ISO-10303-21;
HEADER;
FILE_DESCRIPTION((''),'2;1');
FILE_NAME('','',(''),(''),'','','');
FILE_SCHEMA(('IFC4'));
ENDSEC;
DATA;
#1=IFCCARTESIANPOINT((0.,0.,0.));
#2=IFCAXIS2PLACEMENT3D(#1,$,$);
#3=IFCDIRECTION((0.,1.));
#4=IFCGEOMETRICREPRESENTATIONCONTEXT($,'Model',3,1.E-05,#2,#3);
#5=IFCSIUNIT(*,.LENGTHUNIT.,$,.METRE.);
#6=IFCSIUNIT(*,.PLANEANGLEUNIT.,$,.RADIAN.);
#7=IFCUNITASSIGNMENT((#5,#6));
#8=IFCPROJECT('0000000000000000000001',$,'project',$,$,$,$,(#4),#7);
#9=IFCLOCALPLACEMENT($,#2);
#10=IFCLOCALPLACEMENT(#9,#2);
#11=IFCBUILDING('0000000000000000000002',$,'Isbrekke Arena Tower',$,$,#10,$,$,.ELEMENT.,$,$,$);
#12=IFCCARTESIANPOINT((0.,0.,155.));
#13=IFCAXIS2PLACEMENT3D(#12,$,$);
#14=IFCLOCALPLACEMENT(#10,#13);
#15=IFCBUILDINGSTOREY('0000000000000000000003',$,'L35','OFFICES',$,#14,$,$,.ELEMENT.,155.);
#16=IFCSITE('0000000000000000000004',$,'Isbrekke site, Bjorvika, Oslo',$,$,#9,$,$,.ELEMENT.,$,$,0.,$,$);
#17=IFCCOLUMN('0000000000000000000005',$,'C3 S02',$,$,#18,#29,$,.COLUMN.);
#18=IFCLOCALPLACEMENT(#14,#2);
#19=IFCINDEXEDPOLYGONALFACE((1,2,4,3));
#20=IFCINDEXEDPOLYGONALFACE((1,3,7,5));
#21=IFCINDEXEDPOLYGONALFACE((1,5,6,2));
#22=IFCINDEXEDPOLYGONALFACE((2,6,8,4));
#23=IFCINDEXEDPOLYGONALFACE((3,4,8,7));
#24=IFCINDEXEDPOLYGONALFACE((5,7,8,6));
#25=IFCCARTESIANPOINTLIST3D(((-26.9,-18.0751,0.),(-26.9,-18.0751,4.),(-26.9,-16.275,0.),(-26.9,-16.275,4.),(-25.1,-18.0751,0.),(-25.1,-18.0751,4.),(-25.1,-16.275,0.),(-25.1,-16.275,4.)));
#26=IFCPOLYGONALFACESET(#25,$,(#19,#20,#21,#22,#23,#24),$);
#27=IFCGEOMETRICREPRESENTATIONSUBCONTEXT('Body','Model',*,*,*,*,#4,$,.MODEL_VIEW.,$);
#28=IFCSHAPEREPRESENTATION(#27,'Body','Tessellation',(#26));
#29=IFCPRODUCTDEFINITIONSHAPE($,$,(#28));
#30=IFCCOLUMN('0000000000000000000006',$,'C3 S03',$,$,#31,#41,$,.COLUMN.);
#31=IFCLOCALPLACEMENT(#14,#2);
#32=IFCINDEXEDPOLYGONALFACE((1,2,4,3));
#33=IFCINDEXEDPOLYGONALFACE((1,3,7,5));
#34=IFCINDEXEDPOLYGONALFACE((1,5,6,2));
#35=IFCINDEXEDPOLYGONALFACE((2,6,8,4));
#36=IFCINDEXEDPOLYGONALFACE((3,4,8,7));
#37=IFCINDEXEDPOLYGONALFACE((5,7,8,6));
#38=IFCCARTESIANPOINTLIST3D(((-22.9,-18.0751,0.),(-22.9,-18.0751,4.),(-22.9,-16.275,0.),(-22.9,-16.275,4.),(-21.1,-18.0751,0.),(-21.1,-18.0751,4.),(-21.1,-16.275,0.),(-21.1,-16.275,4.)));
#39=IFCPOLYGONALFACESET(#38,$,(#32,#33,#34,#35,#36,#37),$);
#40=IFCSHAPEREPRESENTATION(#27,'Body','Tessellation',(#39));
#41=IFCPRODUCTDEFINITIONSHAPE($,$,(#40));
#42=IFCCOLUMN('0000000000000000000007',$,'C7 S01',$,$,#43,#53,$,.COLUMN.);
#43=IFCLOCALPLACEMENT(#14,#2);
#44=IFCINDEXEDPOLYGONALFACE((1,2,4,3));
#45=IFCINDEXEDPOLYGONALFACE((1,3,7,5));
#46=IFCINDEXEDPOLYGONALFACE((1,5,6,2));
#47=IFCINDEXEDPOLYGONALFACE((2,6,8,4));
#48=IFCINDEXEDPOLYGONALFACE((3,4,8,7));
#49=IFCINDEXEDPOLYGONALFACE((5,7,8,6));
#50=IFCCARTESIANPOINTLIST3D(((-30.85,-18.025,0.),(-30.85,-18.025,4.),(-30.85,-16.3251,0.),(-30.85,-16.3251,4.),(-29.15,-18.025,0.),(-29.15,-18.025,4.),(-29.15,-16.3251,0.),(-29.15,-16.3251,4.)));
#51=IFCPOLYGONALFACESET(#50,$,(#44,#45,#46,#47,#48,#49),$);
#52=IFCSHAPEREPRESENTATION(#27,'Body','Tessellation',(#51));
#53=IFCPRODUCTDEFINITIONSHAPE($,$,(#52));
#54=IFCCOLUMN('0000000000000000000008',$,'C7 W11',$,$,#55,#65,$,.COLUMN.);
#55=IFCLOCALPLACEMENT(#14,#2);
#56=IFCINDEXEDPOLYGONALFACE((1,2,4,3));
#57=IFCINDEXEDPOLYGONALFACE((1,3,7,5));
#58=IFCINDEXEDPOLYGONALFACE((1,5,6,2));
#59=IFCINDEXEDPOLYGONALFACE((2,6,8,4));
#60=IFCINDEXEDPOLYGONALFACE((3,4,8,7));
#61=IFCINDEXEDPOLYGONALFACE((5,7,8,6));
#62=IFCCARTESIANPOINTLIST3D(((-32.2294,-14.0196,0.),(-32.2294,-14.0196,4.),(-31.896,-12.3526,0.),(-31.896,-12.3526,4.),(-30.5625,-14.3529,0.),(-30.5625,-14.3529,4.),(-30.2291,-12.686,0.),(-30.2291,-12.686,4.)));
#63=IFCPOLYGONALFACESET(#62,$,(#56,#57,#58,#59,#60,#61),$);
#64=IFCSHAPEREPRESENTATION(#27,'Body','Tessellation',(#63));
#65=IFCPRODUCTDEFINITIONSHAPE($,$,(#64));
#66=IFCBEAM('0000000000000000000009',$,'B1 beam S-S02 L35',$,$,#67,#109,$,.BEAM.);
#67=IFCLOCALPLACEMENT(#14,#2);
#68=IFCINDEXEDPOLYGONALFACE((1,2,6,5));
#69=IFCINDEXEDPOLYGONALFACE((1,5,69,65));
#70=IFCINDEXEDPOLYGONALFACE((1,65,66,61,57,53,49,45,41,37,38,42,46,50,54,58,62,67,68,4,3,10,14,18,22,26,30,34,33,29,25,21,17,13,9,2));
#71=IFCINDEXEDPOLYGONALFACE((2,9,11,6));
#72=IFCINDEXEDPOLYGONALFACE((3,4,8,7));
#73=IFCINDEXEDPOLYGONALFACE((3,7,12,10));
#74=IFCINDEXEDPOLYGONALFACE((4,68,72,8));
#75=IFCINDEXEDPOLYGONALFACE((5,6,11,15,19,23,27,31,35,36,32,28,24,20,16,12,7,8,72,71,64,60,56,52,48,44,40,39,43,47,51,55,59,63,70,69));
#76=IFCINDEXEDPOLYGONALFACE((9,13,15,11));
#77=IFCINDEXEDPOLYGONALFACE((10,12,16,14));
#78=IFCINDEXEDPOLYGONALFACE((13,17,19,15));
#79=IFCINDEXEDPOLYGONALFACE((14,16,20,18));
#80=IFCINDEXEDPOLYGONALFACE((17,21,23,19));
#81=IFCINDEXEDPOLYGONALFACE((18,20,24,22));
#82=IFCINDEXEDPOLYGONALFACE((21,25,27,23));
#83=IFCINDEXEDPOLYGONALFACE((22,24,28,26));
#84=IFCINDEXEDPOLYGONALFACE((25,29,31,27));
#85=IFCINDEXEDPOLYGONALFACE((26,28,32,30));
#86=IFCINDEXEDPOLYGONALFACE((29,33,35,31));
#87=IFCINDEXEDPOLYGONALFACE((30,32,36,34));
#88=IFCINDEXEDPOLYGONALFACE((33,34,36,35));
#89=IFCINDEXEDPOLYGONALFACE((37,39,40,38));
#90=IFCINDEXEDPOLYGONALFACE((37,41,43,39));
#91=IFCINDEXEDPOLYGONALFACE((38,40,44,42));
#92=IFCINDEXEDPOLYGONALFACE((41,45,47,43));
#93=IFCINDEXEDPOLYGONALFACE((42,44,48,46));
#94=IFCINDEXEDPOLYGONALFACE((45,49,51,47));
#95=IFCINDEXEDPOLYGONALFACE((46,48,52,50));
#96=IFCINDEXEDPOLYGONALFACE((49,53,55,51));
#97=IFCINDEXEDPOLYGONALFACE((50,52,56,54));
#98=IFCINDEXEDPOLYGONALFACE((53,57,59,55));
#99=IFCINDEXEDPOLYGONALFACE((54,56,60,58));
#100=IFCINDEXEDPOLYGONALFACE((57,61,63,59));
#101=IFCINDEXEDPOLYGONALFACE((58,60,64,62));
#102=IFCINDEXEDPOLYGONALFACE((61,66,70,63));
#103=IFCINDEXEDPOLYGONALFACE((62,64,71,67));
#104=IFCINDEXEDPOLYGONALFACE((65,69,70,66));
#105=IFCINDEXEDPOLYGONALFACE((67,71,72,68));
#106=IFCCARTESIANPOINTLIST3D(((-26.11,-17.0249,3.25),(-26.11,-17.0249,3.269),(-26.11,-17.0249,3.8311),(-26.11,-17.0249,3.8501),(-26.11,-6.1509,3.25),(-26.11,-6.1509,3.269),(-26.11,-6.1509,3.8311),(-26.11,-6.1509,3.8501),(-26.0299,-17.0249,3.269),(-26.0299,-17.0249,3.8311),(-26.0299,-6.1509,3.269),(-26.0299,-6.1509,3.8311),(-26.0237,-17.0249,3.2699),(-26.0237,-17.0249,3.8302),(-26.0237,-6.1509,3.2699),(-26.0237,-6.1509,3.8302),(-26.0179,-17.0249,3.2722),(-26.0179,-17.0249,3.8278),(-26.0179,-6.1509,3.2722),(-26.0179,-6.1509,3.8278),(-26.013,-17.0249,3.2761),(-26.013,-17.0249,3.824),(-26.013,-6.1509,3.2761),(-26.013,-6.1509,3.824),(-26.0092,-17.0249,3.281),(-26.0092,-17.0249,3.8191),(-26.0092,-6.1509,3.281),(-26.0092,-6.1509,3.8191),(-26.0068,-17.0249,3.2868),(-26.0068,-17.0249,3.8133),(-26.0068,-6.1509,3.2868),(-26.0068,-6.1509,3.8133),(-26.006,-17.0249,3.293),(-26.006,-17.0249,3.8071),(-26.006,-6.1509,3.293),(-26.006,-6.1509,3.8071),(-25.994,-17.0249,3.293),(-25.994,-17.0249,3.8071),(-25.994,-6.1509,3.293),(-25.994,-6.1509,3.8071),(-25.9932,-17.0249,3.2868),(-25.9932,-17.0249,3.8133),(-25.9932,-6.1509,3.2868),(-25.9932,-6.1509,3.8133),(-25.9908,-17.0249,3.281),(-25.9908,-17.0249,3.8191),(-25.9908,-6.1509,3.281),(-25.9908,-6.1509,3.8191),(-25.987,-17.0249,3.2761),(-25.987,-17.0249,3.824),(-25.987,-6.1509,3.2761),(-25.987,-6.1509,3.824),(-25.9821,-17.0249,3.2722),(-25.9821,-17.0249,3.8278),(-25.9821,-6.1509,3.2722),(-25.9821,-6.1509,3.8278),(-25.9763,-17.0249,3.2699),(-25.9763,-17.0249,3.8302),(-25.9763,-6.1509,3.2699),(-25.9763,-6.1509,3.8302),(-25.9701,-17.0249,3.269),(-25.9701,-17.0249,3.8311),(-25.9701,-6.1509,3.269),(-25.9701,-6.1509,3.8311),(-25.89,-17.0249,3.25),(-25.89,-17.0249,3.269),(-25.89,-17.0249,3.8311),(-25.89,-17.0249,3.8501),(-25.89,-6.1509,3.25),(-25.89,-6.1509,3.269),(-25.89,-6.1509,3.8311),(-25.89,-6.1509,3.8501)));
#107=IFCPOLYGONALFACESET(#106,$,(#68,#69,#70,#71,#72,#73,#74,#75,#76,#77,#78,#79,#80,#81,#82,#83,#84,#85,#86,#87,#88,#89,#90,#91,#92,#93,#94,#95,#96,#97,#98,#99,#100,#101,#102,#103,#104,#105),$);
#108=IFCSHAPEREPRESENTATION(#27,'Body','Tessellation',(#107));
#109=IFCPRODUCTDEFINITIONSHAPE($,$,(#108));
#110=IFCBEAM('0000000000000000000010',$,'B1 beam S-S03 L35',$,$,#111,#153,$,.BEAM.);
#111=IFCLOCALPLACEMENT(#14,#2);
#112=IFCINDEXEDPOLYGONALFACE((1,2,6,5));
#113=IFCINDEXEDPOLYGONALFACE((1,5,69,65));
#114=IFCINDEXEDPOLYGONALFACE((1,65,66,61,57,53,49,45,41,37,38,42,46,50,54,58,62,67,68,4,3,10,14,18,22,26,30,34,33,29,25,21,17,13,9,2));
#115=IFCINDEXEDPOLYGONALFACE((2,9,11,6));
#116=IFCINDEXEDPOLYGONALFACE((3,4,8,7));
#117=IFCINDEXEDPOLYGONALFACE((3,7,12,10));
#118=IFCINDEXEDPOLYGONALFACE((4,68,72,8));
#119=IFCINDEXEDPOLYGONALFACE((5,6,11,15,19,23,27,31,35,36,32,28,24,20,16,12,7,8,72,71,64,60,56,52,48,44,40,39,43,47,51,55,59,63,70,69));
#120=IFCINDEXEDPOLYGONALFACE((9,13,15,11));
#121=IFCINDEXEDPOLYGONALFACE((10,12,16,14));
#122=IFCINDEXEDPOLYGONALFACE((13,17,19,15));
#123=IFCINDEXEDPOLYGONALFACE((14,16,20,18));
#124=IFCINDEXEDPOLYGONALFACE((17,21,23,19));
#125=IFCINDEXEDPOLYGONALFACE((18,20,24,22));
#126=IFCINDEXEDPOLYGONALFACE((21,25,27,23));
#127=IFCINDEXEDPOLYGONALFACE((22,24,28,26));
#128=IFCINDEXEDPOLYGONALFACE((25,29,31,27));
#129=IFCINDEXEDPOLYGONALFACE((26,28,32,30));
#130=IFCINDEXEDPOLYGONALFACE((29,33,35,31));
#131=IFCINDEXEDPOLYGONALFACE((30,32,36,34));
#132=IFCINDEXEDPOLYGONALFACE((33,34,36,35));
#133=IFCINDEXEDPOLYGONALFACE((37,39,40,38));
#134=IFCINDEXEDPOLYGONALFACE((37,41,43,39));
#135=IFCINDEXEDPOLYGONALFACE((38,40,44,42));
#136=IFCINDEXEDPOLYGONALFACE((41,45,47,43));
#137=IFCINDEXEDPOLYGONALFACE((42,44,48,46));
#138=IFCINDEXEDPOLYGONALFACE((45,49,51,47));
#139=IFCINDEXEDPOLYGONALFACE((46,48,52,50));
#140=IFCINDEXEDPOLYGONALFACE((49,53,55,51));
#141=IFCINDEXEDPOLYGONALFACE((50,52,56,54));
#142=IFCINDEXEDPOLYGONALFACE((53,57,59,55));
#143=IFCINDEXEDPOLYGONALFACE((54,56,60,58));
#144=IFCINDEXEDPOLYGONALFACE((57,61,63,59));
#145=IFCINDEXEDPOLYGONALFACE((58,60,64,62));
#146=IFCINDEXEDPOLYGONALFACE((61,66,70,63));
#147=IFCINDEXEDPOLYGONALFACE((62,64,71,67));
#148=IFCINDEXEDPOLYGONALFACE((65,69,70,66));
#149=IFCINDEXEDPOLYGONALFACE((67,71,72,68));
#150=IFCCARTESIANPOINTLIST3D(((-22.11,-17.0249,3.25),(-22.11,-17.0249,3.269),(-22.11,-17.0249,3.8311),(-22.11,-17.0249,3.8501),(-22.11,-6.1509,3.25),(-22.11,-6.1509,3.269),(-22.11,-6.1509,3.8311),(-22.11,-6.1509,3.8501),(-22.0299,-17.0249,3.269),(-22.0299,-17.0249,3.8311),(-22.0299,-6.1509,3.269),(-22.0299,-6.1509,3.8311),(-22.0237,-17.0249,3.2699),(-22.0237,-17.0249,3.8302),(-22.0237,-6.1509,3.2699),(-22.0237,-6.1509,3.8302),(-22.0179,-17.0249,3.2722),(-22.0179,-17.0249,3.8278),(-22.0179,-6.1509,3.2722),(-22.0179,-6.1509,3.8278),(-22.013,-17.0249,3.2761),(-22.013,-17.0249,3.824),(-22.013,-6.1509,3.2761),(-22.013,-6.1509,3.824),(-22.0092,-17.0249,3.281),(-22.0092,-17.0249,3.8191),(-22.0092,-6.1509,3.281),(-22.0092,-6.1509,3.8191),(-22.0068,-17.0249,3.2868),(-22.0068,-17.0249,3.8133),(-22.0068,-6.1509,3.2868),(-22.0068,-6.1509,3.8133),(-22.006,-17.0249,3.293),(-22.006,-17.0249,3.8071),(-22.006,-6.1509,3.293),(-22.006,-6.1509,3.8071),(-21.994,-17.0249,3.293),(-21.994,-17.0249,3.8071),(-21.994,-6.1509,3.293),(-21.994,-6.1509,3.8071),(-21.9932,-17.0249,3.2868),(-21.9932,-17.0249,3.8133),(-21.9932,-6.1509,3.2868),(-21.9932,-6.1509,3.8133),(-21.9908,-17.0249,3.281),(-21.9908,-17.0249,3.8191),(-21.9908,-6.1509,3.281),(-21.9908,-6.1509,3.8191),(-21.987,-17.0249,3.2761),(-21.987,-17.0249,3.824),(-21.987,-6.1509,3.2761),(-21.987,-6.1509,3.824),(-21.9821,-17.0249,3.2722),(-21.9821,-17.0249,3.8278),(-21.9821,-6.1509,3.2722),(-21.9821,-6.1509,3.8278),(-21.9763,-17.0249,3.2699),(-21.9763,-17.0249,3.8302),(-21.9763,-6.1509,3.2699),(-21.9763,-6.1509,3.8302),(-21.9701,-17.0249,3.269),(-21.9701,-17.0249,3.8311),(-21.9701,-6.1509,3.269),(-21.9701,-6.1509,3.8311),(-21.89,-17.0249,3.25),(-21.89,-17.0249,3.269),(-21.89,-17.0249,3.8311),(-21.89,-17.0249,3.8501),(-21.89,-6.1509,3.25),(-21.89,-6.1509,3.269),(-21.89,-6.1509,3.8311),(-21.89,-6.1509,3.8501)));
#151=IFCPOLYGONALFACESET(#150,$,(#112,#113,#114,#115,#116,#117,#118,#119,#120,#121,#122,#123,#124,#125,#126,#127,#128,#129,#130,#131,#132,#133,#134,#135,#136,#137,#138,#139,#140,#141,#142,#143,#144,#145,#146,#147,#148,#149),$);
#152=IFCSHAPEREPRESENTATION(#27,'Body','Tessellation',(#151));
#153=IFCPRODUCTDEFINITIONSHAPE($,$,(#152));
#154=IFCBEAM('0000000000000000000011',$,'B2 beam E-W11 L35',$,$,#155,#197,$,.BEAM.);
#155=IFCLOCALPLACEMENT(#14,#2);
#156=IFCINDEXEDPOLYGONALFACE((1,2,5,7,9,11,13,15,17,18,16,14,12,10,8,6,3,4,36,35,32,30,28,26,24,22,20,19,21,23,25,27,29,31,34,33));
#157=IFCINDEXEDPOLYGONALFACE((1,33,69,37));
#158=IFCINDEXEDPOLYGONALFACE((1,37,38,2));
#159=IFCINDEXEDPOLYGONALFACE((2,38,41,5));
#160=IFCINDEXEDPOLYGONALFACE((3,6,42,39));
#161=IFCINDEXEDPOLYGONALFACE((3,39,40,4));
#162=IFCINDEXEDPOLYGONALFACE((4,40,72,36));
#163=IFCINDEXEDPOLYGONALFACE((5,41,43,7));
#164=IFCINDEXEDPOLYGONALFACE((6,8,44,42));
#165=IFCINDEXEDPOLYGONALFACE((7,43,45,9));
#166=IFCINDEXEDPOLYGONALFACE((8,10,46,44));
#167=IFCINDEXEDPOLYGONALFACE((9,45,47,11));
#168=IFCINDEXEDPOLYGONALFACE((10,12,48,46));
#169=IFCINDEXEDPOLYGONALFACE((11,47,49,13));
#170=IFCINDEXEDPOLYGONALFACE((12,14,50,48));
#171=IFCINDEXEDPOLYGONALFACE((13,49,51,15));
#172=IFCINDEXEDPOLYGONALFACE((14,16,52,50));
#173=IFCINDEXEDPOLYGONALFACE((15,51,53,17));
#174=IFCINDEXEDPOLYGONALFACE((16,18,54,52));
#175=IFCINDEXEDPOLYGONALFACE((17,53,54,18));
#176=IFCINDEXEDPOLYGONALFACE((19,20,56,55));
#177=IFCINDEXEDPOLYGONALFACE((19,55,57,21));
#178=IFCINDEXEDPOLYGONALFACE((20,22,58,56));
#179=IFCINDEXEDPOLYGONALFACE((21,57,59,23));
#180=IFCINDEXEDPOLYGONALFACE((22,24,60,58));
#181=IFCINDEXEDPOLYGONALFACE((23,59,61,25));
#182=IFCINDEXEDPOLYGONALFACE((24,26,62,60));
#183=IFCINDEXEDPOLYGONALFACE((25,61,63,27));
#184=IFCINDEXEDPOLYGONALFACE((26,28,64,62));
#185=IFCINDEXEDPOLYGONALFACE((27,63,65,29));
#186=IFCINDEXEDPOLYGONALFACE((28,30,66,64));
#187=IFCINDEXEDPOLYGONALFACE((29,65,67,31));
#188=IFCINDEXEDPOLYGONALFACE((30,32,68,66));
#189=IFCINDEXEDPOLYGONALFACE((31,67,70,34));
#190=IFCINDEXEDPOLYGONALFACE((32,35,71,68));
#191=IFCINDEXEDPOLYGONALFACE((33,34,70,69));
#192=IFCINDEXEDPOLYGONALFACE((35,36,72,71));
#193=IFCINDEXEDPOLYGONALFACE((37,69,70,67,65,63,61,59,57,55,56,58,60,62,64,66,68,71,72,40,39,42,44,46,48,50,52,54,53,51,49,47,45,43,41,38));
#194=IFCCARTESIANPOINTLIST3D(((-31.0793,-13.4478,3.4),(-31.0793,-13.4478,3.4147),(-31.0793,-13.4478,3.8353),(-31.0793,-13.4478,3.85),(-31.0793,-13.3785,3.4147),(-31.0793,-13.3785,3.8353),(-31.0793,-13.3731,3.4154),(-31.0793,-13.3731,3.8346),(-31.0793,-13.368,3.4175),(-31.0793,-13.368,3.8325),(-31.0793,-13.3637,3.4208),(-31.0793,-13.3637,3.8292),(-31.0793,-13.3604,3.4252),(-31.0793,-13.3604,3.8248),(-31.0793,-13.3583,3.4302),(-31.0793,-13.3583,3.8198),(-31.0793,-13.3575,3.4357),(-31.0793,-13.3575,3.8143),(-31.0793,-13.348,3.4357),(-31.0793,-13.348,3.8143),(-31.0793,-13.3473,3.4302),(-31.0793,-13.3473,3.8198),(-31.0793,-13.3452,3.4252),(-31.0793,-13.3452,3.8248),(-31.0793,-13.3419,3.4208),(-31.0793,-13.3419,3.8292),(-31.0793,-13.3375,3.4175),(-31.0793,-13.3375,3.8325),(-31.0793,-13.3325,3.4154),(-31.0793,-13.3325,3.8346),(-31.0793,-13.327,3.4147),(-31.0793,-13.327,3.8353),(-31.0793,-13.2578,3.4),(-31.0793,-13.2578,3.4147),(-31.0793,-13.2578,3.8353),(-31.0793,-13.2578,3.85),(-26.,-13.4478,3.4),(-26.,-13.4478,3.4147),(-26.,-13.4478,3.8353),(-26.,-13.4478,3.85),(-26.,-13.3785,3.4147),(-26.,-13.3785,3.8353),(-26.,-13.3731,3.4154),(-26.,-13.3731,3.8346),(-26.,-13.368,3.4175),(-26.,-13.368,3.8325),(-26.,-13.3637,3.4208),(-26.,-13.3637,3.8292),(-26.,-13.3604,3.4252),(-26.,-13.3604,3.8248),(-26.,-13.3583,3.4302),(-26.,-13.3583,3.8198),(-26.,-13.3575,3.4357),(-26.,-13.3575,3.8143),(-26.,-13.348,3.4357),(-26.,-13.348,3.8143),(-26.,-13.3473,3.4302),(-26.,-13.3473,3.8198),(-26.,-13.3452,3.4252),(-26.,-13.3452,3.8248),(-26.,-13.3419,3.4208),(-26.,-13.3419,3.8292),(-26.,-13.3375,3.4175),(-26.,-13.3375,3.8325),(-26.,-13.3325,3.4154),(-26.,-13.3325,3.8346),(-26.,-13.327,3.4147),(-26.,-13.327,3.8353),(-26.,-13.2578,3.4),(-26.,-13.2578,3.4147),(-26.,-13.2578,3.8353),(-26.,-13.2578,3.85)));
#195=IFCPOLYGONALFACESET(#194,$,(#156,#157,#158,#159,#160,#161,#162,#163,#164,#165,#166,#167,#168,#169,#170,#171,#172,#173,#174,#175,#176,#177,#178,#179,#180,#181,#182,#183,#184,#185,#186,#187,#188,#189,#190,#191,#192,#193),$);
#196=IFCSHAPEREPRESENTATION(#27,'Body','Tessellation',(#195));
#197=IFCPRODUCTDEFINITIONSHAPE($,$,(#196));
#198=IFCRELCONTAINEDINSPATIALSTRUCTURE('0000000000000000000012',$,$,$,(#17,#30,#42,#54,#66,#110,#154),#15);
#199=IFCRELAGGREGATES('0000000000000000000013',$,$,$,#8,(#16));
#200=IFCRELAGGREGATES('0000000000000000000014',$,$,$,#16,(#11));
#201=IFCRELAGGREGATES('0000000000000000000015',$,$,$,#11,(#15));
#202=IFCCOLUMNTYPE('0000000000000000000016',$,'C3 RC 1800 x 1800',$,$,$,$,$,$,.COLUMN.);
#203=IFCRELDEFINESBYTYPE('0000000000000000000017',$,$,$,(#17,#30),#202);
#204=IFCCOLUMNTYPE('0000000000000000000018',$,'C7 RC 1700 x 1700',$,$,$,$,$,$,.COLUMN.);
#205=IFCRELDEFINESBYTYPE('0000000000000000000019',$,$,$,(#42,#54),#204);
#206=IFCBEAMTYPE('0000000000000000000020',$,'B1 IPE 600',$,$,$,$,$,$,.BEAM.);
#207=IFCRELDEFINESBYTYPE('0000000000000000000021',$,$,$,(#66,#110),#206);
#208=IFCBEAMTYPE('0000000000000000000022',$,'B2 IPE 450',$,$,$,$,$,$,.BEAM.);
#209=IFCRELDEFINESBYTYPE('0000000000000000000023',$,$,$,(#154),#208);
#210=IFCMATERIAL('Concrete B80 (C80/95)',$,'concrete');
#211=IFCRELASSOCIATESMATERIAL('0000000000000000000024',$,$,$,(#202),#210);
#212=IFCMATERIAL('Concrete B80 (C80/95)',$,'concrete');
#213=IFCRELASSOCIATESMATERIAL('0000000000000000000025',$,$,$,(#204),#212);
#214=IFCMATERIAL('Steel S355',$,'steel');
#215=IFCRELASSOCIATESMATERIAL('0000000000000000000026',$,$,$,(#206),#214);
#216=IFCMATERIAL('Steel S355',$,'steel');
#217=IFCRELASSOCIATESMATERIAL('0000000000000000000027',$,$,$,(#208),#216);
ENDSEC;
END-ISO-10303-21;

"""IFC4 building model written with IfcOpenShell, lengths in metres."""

from ifc_helpers import new_model, si_unit, direction, frame, origin, origin_2d, place, context, subcontext, project, spatial, rectangle, i_section, extrude, material, material_profile, profile_set, type_object, element, save


model = new_model("IFC4")

# Units and contexts
model_context = context("Model", 3, precision=1e-05, world=origin(), true_north=direction((0.0, 1.0)))
body_context = subcontext(model_context, "Body", "Model", "MODEL_VIEW")
ifc_project = project(units=[si_unit("LENGTHUNIT", "METRE"), si_unit("PLANEANGLEUNIT", "RADIAN")], contexts=[model_context])

# Site, building, storey
site_placement = place(None, origin())
site = spatial("IfcSite", under=ifc_project, at=site_placement, Name="Isbrekke site, Bjorvika, Oslo", CompositionType="ELEMENT", RefElevation=0.0)
building_placement = place(site_placement, origin())
building = spatial("IfcBuilding", under=site, at=building_placement, Name="Isbrekke Arena Tower", CompositionType="ELEMENT")
storey_placement = place(building_placement, frame((0.0, 0.0, 155.0)))
storey = spatial("IfcBuildingStorey", under=building, at=storey_placement, Name="L35", Description="OFFICES", CompositionType="ELEMENT", Elevation=155.0)

# Columns
ifc_material_1 = material(Name="Concrete B80 (C80/95)", Category="concrete")
ifc_material_profile_1 = material_profile(ifc_material_1, rectangle(XDim=1.8, YDim=1.8, at=origin_2d()), Name="RC 1800x1800")
ifc_profile_set_1 = profile_set([ifc_material_profile_1], Name="Concrete B80 (C80/95)")
column_type_1 = type_object("IfcColumnType", Name="C3 RC 1800 x 1800", PredefinedType="COLUMN", material=ifc_profile_set_1)
for number, where, z_axis, x_axis, name in (
    (1, (-26.0, -17.175, 0.0), (0.0, 0.0, 1.0), (1.0, 0.0, 0.0), "C3 S02"),
    (2, (-22.0, -17.175, 0.0), (0.0, 0.0, 1.0), (1.0, 0.0, 0.0), "C3 S03"),
):
    element("IfcColumn", number, at=place(storey_placement, frame(where, z_axis=z_axis, x_axis=x_axis)), inside=storey, type_object=column_type_1, Name=name, PredefinedType="COLUMN", context=body_context, shape_type="SweptSolid", body=[
        extrude(rectangle(XDim=1.8, YDim=1.8, at=origin_2d()), origin(), (0.0, 0.0, 1.0), 4.0),
    ])
ifc_material_2 = material(Name="Concrete B80 (C80/95)", Category="concrete")
ifc_material_profile_2 = material_profile(ifc_material_2, rectangle(XDim=1.7, YDim=1.7, at=origin_2d()), Name="RC 1700x1700")
ifc_profile_set_2 = profile_set([ifc_material_profile_2], Name="Concrete B80 (C80/95)")
column_type_2 = type_object("IfcColumnType", Name="C7 RC 1700 x 1700", PredefinedType="COLUMN", material=ifc_profile_set_2)
for number, where, z_axis, x_axis, name in (
    (3, (-30.0, -17.175, 0.0), (0.0, 0.0, 1.0), (1.0, 0.0, 0.0), "C7 S01"),
    (4, (-31.2292, -13.3528, 0.0), (0.0, 0.0, 1.0), (-0.196116, -0.980581, 0.0), "C7 W11"),
):
    element("IfcColumn", number, at=place(storey_placement, frame(where, z_axis=z_axis, x_axis=x_axis)), inside=storey, type_object=column_type_2, Name=name, PredefinedType="COLUMN", context=body_context, shape_type="SweptSolid", body=[
        extrude(rectangle(XDim=1.7, YDim=1.7, at=origin_2d()), origin(), (0.0, 0.0, 1.0), 4.0),
    ])

# Beams
ifc_material_3 = material(Name="Steel S355", Category="steel")
ifc_material_profile_3 = material_profile(ifc_material_3, i_section(OverallWidth=0.22, OverallDepth=0.6001, WebThickness=0.012, FlangeThickness=0.019, FilletRadius=0.0239, at=origin_2d()), Name="IPE 600")
ifc_profile_set_3 = profile_set([ifc_material_profile_3], Name="Steel S355")
beam_type_1 = type_object("IfcBeamType", Name="B1 IPE 600", PredefinedType="BEAM", material=ifc_profile_set_3)
for number, where, z_axis, x_axis, name in (
    (5, (-26.0, -17.0249, 3.55), (0.0, 1.0, 0.0), (-1.0, 0.0, 0.0), "B1 beam S-S02 L35"),
    (6, (-22.0, -17.0249, 3.55), (0.0, 1.0, 0.0), (-1.0, 0.0, 0.0), "B1 beam S-S03 L35"),
):
    element("IfcBeam", number, at=place(storey_placement, frame(where, z_axis=z_axis, x_axis=x_axis)), inside=storey, type_object=beam_type_1, Name=name, PredefinedType="BEAM", context=body_context, shape_type="SweptSolid", body=[
        extrude(i_section(OverallWidth=0.22, OverallDepth=0.6001, WebThickness=0.012, FlangeThickness=0.019, FilletRadius=0.0239, at=origin_2d()), origin(), (0.0, 0.0, 1.0), 10.874),
    ])
ifc_material_4 = material(Name="Steel S355", Category="steel")
ifc_material_profile_4 = material_profile(ifc_material_4, i_section(OverallWidth=0.1899, OverallDepth=0.45, WebThickness=0.0095, FlangeThickness=0.0146, FilletRadius=0.021, at=origin_2d()), Name="IPE 450")
ifc_profile_set_4 = profile_set([ifc_material_profile_4], Name="Steel S355")
beam_type_2 = type_object("IfcBeamType", Name="B2 IPE 450", PredefinedType="BEAM", material=ifc_profile_set_4)
beam_1_placement = place(storey_placement, frame((-31.0793, -13.3528, 3.625), z_axis=(1.0, 0.0, 0.0), x_axis=(0.0, 1.0, 0.0)))
element("IfcBeam", 7, at=beam_1_placement, inside=storey, type_object=beam_type_2, Name="B2 beam E-W11 L35", PredefinedType="BEAM", context=body_context, shape_type="SweptSolid", body=[
    extrude(i_section(OverallWidth=0.1899, OverallDepth=0.45, WebThickness=0.0095, FlangeThickness=0.0146, FilletRadius=0.021, at=origin_2d()), origin(), (0.0, 0.0, 1.0), 5.0793),
])

save(model, "model.ifc")
